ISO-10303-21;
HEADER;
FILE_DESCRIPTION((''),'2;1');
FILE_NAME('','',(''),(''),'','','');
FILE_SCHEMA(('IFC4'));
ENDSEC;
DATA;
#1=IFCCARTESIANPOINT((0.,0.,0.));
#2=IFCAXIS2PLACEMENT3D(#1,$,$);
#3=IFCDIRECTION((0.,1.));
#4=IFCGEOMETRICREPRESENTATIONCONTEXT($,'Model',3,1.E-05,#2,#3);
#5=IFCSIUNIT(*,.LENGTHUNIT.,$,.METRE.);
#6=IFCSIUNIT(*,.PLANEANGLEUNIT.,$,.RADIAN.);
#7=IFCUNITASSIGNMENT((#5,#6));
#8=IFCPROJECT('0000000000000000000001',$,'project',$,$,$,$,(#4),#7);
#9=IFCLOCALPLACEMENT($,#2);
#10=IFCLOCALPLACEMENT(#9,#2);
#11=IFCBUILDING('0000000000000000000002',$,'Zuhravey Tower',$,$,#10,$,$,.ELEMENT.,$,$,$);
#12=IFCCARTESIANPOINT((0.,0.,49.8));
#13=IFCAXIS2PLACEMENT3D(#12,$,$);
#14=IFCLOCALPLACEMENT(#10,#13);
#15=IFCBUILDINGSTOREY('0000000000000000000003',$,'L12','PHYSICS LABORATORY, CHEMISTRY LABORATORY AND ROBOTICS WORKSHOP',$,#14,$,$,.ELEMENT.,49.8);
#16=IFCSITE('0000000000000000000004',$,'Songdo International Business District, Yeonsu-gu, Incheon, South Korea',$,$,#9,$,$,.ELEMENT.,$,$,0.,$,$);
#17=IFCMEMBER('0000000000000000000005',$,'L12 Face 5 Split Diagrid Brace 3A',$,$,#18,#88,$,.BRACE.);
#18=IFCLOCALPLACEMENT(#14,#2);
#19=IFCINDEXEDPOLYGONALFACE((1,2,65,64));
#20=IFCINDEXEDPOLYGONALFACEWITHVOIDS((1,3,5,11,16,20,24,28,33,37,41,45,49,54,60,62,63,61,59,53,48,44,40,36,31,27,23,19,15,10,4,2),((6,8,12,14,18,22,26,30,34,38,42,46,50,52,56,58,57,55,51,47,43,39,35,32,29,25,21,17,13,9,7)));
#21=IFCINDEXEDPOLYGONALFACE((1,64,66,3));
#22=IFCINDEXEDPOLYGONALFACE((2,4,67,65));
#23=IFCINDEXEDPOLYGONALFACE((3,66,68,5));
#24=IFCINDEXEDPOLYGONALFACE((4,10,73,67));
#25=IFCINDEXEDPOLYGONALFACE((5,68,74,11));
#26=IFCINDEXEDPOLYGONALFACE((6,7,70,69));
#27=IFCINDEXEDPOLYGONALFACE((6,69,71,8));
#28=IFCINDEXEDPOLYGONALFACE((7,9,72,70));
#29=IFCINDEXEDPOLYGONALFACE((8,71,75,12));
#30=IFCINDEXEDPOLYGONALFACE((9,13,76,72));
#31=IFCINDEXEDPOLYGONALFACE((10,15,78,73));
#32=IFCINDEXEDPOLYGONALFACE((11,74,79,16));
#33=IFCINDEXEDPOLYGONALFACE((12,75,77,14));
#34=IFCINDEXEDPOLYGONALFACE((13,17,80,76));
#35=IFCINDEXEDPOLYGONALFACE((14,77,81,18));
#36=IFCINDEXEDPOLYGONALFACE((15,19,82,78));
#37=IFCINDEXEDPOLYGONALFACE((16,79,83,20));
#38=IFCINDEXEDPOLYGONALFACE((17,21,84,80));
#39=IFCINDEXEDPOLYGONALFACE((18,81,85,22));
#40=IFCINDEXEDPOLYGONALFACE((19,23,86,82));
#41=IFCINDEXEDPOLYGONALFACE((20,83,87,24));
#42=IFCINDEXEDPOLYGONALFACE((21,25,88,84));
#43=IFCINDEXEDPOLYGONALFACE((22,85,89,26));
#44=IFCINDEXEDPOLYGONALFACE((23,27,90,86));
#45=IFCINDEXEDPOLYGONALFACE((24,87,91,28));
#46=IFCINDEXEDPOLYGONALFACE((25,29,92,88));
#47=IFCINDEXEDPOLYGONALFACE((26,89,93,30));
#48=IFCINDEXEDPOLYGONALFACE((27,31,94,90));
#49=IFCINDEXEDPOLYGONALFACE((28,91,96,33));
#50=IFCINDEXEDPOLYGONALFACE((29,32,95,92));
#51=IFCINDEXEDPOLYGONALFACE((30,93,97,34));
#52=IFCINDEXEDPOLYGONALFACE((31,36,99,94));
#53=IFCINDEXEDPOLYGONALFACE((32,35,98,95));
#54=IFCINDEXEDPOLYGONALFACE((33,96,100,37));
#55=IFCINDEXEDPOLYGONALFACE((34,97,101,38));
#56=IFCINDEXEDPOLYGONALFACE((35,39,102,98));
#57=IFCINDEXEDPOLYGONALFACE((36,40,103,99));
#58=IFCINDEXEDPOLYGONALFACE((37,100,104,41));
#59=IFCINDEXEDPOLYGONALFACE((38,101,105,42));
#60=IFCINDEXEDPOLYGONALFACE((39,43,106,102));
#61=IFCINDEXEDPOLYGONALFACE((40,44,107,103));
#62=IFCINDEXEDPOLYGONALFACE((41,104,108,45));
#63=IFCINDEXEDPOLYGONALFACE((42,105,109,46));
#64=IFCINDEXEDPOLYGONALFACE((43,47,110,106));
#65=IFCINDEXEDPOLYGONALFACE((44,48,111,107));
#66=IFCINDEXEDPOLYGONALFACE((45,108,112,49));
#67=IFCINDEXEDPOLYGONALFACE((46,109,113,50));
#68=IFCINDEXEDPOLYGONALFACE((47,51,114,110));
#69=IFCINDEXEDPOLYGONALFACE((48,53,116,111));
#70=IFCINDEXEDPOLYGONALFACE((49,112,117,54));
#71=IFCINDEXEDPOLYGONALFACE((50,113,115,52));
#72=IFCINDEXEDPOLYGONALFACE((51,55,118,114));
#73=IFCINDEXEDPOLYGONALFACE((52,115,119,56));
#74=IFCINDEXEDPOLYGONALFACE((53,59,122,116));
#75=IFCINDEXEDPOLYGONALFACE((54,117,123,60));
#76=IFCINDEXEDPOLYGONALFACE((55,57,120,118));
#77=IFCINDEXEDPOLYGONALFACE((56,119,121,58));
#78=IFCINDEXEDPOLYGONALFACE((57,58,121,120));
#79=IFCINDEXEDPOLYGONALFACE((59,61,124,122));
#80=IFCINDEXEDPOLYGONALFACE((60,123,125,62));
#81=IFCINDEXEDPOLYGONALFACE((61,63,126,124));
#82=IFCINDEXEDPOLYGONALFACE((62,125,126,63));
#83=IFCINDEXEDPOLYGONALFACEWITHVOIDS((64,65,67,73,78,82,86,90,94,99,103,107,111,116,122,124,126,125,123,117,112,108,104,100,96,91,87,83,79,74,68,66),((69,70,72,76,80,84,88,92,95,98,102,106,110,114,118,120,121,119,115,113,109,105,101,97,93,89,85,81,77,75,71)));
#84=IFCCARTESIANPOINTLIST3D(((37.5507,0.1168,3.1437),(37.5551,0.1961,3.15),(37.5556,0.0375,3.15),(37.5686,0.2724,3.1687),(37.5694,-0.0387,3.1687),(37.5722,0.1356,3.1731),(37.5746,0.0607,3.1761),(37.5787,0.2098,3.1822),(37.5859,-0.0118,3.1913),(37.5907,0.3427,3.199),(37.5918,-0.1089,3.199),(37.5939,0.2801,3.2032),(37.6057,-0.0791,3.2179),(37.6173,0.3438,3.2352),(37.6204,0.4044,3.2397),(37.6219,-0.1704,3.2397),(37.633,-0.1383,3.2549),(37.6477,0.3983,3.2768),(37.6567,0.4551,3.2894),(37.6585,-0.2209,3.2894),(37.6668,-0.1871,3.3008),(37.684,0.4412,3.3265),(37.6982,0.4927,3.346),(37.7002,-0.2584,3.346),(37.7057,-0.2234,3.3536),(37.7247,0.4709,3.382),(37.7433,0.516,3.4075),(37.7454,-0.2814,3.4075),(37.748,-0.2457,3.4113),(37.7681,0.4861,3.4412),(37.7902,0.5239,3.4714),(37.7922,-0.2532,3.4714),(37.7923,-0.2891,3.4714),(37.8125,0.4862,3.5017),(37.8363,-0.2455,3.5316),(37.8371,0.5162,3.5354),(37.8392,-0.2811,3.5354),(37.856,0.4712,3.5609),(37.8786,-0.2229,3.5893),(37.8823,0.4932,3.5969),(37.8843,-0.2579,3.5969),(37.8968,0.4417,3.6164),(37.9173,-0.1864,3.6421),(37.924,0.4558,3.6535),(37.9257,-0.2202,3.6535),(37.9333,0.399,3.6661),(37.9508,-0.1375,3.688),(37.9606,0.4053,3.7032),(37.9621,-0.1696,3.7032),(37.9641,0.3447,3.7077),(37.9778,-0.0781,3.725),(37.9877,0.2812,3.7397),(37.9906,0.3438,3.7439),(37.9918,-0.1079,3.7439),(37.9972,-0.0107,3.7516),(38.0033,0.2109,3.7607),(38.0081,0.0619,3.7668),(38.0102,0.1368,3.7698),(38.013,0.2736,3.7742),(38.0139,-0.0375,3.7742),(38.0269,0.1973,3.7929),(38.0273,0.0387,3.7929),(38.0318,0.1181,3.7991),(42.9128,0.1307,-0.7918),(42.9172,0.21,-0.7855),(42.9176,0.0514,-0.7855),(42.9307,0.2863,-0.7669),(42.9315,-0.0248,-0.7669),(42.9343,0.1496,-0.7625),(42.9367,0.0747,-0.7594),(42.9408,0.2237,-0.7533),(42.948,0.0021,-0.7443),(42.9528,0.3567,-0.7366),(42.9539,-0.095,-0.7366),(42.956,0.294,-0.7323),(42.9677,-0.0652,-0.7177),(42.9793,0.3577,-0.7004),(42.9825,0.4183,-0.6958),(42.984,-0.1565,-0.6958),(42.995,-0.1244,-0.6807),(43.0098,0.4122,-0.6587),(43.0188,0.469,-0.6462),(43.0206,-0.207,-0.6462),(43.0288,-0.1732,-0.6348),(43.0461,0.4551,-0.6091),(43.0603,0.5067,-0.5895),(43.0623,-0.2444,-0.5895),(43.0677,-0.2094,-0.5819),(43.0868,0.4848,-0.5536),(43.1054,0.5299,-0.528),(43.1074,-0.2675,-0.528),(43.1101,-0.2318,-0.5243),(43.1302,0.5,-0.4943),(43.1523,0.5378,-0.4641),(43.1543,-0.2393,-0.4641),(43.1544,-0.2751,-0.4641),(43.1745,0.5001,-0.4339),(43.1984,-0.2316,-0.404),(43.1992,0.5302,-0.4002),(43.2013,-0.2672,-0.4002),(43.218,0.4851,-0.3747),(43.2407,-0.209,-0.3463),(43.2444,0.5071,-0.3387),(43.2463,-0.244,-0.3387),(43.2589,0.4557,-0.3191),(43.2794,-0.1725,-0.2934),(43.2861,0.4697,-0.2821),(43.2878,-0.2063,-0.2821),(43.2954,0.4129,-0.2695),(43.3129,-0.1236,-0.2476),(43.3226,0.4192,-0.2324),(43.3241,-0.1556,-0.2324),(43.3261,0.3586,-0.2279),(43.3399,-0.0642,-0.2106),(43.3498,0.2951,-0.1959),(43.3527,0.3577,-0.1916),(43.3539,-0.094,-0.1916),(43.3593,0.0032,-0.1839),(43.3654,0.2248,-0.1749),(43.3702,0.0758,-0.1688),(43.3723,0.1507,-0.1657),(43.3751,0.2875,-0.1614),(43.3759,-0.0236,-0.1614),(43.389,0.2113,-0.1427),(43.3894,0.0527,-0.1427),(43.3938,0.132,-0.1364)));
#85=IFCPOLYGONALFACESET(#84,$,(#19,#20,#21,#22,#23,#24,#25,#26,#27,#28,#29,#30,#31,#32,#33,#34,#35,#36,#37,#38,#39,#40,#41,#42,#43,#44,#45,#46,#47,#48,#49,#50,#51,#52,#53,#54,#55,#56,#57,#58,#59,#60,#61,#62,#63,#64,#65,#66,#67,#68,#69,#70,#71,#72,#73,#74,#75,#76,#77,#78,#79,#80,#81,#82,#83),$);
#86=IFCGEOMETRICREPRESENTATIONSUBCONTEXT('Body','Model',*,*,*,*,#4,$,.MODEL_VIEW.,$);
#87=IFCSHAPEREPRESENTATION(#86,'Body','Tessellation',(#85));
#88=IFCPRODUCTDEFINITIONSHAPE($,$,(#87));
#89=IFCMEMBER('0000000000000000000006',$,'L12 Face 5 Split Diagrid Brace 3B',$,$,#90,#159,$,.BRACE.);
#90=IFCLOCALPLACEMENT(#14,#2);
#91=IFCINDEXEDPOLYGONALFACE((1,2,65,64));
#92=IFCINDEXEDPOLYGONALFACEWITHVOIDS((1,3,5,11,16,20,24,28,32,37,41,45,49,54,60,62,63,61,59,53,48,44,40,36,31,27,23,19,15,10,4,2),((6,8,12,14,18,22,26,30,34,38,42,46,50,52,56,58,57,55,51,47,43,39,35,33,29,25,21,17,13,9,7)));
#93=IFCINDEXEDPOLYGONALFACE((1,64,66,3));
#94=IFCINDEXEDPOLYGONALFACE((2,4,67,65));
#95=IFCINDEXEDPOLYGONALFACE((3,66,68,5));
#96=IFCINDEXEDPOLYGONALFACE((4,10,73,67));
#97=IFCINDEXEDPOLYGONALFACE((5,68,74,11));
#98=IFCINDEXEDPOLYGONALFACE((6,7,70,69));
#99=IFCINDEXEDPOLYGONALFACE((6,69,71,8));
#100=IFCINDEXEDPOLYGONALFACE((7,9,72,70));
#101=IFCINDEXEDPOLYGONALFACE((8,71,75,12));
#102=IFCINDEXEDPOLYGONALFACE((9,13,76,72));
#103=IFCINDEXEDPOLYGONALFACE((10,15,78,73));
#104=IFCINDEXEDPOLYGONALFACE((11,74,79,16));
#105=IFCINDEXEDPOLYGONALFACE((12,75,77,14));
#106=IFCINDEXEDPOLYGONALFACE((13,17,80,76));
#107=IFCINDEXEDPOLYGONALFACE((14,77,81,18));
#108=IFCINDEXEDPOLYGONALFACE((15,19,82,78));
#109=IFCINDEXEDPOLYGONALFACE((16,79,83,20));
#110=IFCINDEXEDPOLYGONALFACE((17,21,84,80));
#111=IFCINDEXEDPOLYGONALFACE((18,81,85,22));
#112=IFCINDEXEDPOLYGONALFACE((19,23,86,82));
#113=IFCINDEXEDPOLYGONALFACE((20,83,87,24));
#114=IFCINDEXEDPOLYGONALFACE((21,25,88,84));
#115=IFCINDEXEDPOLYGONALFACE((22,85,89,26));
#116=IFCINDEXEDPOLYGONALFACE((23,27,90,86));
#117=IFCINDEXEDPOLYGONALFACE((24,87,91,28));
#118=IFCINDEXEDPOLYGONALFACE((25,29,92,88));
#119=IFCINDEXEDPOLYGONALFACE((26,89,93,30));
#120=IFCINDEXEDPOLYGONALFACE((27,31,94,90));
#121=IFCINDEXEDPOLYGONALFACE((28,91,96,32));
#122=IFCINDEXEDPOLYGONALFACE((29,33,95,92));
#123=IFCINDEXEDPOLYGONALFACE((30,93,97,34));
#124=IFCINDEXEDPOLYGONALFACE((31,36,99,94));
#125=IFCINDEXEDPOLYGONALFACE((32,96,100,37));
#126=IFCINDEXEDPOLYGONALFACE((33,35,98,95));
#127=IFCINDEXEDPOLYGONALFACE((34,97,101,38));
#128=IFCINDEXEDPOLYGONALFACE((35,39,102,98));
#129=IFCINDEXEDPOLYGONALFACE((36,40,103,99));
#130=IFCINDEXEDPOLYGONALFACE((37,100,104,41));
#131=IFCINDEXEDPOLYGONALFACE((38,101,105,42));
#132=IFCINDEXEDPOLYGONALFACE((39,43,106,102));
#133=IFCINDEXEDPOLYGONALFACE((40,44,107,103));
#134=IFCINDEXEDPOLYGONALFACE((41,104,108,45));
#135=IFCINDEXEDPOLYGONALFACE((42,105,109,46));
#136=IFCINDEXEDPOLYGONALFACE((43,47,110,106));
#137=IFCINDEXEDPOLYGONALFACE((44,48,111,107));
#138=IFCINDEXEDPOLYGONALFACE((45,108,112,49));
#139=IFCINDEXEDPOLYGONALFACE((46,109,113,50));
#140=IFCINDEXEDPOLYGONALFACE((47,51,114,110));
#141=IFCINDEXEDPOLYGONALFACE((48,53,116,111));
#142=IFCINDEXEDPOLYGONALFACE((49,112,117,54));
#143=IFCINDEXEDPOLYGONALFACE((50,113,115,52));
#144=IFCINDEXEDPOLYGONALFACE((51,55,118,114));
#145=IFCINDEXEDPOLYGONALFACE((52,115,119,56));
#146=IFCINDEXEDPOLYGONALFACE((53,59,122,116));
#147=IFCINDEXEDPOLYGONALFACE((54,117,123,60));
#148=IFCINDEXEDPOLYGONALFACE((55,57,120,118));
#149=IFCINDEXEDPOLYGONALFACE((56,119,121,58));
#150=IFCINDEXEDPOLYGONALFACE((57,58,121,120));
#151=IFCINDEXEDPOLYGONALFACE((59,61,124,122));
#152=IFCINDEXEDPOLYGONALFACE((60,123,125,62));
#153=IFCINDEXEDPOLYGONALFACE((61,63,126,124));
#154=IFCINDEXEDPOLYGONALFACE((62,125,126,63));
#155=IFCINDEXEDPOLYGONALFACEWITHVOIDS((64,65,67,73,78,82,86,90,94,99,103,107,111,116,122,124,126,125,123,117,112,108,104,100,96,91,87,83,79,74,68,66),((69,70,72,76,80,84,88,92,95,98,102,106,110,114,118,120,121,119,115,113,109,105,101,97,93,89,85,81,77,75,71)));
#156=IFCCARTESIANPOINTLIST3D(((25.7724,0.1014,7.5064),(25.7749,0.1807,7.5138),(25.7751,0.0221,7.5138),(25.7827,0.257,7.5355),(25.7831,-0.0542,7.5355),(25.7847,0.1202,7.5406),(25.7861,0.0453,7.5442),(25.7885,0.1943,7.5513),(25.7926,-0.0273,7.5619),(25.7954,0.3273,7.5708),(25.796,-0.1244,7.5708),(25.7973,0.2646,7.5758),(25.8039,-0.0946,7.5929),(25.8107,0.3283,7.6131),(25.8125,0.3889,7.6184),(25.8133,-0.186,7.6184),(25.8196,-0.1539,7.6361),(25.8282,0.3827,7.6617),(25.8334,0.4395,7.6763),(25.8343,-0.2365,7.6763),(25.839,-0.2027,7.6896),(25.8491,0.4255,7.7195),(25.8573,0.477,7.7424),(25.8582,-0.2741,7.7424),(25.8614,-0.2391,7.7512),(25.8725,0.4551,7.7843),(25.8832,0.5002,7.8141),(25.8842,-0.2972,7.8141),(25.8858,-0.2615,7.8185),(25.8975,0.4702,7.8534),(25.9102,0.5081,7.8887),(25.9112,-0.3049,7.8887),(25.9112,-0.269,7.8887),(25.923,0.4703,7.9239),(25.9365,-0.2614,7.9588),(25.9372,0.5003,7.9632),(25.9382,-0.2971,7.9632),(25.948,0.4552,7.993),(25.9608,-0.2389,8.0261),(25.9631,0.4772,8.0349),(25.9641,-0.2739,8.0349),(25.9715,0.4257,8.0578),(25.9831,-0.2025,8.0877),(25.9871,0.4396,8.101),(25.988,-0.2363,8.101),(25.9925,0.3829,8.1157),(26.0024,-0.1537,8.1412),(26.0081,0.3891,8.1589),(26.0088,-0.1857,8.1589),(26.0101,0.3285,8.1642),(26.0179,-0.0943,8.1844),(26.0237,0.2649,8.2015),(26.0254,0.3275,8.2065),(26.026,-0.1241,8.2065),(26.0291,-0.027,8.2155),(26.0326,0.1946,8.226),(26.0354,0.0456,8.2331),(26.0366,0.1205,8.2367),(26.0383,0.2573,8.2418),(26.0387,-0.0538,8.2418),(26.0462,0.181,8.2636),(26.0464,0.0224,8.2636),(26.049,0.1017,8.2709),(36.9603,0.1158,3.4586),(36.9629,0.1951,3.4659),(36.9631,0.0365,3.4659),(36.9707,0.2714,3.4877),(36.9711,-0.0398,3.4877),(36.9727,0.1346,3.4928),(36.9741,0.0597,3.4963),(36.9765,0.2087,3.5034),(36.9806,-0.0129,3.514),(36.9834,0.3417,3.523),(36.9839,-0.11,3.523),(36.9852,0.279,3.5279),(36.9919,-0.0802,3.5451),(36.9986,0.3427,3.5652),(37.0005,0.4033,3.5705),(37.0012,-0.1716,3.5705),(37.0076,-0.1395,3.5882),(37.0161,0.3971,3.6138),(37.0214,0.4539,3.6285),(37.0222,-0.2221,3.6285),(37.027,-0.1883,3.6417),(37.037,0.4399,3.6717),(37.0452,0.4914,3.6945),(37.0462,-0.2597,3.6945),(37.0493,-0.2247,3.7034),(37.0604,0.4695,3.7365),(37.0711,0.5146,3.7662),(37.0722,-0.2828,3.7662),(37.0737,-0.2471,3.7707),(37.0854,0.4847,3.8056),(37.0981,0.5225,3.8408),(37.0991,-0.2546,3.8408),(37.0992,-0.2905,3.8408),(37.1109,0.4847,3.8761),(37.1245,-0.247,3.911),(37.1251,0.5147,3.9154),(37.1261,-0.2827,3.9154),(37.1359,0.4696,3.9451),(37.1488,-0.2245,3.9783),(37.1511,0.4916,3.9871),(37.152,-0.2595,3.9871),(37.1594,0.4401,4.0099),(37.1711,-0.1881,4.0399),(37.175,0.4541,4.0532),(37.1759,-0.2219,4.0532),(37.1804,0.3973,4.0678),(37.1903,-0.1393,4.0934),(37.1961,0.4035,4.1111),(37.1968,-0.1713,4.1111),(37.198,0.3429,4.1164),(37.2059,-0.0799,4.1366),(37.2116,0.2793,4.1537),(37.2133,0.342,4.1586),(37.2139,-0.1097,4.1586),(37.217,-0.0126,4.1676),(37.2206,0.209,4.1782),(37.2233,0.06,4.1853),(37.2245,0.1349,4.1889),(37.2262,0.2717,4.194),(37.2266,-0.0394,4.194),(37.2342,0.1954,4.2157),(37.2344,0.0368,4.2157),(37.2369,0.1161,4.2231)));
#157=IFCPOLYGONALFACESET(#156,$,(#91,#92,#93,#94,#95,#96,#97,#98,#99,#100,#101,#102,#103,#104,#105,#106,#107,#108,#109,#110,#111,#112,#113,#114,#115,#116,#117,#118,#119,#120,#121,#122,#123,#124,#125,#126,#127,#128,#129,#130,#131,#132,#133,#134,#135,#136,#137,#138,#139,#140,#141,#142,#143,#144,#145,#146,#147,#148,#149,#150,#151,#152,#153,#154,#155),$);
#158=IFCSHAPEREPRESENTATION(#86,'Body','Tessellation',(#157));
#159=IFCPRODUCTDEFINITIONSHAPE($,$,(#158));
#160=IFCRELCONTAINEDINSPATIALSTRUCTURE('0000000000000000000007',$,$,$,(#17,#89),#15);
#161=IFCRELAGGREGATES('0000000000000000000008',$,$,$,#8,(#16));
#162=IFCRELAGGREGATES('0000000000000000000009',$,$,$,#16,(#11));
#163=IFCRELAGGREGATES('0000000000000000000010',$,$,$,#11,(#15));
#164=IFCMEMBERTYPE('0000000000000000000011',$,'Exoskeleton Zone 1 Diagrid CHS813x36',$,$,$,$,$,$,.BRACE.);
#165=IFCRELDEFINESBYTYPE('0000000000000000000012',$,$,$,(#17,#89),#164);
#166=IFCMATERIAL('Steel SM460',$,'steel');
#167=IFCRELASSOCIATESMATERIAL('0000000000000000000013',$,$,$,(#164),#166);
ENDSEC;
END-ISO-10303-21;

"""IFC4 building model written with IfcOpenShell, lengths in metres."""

from ifc_helpers import new_model, si_unit, direction, frame, origin, origin_2d, place, context, subcontext, project, spatial, hollow_circle, extrude, material, material_profile, profile_set, type_object, element, save


model = new_model("IFC4")

# Units and contexts
model_context = context("Model", 3, precision=1e-05, world=origin(), true_north=direction((0.0, 1.0)))
body_context = subcontext(model_context, "Body", "Model", "MODEL_VIEW")
ifc_project = project(units=[si_unit("LENGTHUNIT", "METRE"), si_unit("PLANEANGLEUNIT", "RADIAN")], contexts=[model_context])

# Site, building, storey
site_placement = place(None, origin())
site = spatial("IfcSite", under=ifc_project, at=site_placement, Name="Songdo International Business District, Yeonsu-gu, Incheon, South Korea", CompositionType="ELEMENT", RefElevation=0.0)
building_placement = place(site_placement, origin())
building = spatial("IfcBuilding", under=site, at=building_placement, Name="Zuhravey Tower", CompositionType="ELEMENT")
storey_placement = place(building_placement, frame((0.0, 0.0, 49.8)))
storey = spatial("IfcBuildingStorey", under=building, at=storey_placement, Name="L12", Description="PHYSICS LABORATORY, CHEMISTRY LABORATORY AND ROBOTICS WORKSHOP", CompositionType="ELEMENT", Elevation=49.8)

# Members
ifc_material_1 = material(Name="Steel SM460", Category="steel")
ifc_material_profile_1 = material_profile(ifc_material_1, hollow_circle(Radius=0.4065, WallThickness=0.0359, at=origin_2d()), Name="CHS-812.8x36")
ifc_profile_set_1 = profile_set([ifc_material_profile_1], Name="Steel SM460")
member_type_1 = type_object("IfcMemberType", Name="Exoskeleton Zone 1 Diagrid CHS813x36", PredefinedType="BRACE", material=ifc_profile_set_1)
member_1_placement = place(storey_placement, frame((43.1533, 0.1313, -0.4641), z_axis=(-0.806162, -0.002092, 0.591692), x_axis=(0.002595, -0.999997, 0.0)))
element("IfcMember", 1, at=member_1_placement, inside=storey, type_object=member_type_1, Name="L12 Face 5 Split Diagrid Brace 3A", PredefinedType="BRACE", context=body_context, shape_type="SweptSolid", body=[
    extrude(hollow_circle(Radius=0.4065, WallThickness=0.0359, at=origin_2d()), origin(), (0.0, 0.0, 1.0), 6.6514),
])
member_2_placement = place(storey_placement, frame((37.0986, 0.116, 3.8408), z_axis=(-0.940345, -0.001211, 0.34022), x_axis=(0.001287, -0.999999, 0.0)))
element("IfcMember", 2, at=member_2_placement, inside=storey, type_object=member_type_1, Name="L12 Face 5 Split Diagrid Brace 3B", PredefinedType="BRACE", context=body_context, shape_type="SweptSolid", body=[
    extrude(hollow_circle(Radius=0.4065, WallThickness=0.0359, at=origin_2d()), origin(), (0.0, 0.0, 1.0), 11.8977),
])

save(model, "model.ifc")
